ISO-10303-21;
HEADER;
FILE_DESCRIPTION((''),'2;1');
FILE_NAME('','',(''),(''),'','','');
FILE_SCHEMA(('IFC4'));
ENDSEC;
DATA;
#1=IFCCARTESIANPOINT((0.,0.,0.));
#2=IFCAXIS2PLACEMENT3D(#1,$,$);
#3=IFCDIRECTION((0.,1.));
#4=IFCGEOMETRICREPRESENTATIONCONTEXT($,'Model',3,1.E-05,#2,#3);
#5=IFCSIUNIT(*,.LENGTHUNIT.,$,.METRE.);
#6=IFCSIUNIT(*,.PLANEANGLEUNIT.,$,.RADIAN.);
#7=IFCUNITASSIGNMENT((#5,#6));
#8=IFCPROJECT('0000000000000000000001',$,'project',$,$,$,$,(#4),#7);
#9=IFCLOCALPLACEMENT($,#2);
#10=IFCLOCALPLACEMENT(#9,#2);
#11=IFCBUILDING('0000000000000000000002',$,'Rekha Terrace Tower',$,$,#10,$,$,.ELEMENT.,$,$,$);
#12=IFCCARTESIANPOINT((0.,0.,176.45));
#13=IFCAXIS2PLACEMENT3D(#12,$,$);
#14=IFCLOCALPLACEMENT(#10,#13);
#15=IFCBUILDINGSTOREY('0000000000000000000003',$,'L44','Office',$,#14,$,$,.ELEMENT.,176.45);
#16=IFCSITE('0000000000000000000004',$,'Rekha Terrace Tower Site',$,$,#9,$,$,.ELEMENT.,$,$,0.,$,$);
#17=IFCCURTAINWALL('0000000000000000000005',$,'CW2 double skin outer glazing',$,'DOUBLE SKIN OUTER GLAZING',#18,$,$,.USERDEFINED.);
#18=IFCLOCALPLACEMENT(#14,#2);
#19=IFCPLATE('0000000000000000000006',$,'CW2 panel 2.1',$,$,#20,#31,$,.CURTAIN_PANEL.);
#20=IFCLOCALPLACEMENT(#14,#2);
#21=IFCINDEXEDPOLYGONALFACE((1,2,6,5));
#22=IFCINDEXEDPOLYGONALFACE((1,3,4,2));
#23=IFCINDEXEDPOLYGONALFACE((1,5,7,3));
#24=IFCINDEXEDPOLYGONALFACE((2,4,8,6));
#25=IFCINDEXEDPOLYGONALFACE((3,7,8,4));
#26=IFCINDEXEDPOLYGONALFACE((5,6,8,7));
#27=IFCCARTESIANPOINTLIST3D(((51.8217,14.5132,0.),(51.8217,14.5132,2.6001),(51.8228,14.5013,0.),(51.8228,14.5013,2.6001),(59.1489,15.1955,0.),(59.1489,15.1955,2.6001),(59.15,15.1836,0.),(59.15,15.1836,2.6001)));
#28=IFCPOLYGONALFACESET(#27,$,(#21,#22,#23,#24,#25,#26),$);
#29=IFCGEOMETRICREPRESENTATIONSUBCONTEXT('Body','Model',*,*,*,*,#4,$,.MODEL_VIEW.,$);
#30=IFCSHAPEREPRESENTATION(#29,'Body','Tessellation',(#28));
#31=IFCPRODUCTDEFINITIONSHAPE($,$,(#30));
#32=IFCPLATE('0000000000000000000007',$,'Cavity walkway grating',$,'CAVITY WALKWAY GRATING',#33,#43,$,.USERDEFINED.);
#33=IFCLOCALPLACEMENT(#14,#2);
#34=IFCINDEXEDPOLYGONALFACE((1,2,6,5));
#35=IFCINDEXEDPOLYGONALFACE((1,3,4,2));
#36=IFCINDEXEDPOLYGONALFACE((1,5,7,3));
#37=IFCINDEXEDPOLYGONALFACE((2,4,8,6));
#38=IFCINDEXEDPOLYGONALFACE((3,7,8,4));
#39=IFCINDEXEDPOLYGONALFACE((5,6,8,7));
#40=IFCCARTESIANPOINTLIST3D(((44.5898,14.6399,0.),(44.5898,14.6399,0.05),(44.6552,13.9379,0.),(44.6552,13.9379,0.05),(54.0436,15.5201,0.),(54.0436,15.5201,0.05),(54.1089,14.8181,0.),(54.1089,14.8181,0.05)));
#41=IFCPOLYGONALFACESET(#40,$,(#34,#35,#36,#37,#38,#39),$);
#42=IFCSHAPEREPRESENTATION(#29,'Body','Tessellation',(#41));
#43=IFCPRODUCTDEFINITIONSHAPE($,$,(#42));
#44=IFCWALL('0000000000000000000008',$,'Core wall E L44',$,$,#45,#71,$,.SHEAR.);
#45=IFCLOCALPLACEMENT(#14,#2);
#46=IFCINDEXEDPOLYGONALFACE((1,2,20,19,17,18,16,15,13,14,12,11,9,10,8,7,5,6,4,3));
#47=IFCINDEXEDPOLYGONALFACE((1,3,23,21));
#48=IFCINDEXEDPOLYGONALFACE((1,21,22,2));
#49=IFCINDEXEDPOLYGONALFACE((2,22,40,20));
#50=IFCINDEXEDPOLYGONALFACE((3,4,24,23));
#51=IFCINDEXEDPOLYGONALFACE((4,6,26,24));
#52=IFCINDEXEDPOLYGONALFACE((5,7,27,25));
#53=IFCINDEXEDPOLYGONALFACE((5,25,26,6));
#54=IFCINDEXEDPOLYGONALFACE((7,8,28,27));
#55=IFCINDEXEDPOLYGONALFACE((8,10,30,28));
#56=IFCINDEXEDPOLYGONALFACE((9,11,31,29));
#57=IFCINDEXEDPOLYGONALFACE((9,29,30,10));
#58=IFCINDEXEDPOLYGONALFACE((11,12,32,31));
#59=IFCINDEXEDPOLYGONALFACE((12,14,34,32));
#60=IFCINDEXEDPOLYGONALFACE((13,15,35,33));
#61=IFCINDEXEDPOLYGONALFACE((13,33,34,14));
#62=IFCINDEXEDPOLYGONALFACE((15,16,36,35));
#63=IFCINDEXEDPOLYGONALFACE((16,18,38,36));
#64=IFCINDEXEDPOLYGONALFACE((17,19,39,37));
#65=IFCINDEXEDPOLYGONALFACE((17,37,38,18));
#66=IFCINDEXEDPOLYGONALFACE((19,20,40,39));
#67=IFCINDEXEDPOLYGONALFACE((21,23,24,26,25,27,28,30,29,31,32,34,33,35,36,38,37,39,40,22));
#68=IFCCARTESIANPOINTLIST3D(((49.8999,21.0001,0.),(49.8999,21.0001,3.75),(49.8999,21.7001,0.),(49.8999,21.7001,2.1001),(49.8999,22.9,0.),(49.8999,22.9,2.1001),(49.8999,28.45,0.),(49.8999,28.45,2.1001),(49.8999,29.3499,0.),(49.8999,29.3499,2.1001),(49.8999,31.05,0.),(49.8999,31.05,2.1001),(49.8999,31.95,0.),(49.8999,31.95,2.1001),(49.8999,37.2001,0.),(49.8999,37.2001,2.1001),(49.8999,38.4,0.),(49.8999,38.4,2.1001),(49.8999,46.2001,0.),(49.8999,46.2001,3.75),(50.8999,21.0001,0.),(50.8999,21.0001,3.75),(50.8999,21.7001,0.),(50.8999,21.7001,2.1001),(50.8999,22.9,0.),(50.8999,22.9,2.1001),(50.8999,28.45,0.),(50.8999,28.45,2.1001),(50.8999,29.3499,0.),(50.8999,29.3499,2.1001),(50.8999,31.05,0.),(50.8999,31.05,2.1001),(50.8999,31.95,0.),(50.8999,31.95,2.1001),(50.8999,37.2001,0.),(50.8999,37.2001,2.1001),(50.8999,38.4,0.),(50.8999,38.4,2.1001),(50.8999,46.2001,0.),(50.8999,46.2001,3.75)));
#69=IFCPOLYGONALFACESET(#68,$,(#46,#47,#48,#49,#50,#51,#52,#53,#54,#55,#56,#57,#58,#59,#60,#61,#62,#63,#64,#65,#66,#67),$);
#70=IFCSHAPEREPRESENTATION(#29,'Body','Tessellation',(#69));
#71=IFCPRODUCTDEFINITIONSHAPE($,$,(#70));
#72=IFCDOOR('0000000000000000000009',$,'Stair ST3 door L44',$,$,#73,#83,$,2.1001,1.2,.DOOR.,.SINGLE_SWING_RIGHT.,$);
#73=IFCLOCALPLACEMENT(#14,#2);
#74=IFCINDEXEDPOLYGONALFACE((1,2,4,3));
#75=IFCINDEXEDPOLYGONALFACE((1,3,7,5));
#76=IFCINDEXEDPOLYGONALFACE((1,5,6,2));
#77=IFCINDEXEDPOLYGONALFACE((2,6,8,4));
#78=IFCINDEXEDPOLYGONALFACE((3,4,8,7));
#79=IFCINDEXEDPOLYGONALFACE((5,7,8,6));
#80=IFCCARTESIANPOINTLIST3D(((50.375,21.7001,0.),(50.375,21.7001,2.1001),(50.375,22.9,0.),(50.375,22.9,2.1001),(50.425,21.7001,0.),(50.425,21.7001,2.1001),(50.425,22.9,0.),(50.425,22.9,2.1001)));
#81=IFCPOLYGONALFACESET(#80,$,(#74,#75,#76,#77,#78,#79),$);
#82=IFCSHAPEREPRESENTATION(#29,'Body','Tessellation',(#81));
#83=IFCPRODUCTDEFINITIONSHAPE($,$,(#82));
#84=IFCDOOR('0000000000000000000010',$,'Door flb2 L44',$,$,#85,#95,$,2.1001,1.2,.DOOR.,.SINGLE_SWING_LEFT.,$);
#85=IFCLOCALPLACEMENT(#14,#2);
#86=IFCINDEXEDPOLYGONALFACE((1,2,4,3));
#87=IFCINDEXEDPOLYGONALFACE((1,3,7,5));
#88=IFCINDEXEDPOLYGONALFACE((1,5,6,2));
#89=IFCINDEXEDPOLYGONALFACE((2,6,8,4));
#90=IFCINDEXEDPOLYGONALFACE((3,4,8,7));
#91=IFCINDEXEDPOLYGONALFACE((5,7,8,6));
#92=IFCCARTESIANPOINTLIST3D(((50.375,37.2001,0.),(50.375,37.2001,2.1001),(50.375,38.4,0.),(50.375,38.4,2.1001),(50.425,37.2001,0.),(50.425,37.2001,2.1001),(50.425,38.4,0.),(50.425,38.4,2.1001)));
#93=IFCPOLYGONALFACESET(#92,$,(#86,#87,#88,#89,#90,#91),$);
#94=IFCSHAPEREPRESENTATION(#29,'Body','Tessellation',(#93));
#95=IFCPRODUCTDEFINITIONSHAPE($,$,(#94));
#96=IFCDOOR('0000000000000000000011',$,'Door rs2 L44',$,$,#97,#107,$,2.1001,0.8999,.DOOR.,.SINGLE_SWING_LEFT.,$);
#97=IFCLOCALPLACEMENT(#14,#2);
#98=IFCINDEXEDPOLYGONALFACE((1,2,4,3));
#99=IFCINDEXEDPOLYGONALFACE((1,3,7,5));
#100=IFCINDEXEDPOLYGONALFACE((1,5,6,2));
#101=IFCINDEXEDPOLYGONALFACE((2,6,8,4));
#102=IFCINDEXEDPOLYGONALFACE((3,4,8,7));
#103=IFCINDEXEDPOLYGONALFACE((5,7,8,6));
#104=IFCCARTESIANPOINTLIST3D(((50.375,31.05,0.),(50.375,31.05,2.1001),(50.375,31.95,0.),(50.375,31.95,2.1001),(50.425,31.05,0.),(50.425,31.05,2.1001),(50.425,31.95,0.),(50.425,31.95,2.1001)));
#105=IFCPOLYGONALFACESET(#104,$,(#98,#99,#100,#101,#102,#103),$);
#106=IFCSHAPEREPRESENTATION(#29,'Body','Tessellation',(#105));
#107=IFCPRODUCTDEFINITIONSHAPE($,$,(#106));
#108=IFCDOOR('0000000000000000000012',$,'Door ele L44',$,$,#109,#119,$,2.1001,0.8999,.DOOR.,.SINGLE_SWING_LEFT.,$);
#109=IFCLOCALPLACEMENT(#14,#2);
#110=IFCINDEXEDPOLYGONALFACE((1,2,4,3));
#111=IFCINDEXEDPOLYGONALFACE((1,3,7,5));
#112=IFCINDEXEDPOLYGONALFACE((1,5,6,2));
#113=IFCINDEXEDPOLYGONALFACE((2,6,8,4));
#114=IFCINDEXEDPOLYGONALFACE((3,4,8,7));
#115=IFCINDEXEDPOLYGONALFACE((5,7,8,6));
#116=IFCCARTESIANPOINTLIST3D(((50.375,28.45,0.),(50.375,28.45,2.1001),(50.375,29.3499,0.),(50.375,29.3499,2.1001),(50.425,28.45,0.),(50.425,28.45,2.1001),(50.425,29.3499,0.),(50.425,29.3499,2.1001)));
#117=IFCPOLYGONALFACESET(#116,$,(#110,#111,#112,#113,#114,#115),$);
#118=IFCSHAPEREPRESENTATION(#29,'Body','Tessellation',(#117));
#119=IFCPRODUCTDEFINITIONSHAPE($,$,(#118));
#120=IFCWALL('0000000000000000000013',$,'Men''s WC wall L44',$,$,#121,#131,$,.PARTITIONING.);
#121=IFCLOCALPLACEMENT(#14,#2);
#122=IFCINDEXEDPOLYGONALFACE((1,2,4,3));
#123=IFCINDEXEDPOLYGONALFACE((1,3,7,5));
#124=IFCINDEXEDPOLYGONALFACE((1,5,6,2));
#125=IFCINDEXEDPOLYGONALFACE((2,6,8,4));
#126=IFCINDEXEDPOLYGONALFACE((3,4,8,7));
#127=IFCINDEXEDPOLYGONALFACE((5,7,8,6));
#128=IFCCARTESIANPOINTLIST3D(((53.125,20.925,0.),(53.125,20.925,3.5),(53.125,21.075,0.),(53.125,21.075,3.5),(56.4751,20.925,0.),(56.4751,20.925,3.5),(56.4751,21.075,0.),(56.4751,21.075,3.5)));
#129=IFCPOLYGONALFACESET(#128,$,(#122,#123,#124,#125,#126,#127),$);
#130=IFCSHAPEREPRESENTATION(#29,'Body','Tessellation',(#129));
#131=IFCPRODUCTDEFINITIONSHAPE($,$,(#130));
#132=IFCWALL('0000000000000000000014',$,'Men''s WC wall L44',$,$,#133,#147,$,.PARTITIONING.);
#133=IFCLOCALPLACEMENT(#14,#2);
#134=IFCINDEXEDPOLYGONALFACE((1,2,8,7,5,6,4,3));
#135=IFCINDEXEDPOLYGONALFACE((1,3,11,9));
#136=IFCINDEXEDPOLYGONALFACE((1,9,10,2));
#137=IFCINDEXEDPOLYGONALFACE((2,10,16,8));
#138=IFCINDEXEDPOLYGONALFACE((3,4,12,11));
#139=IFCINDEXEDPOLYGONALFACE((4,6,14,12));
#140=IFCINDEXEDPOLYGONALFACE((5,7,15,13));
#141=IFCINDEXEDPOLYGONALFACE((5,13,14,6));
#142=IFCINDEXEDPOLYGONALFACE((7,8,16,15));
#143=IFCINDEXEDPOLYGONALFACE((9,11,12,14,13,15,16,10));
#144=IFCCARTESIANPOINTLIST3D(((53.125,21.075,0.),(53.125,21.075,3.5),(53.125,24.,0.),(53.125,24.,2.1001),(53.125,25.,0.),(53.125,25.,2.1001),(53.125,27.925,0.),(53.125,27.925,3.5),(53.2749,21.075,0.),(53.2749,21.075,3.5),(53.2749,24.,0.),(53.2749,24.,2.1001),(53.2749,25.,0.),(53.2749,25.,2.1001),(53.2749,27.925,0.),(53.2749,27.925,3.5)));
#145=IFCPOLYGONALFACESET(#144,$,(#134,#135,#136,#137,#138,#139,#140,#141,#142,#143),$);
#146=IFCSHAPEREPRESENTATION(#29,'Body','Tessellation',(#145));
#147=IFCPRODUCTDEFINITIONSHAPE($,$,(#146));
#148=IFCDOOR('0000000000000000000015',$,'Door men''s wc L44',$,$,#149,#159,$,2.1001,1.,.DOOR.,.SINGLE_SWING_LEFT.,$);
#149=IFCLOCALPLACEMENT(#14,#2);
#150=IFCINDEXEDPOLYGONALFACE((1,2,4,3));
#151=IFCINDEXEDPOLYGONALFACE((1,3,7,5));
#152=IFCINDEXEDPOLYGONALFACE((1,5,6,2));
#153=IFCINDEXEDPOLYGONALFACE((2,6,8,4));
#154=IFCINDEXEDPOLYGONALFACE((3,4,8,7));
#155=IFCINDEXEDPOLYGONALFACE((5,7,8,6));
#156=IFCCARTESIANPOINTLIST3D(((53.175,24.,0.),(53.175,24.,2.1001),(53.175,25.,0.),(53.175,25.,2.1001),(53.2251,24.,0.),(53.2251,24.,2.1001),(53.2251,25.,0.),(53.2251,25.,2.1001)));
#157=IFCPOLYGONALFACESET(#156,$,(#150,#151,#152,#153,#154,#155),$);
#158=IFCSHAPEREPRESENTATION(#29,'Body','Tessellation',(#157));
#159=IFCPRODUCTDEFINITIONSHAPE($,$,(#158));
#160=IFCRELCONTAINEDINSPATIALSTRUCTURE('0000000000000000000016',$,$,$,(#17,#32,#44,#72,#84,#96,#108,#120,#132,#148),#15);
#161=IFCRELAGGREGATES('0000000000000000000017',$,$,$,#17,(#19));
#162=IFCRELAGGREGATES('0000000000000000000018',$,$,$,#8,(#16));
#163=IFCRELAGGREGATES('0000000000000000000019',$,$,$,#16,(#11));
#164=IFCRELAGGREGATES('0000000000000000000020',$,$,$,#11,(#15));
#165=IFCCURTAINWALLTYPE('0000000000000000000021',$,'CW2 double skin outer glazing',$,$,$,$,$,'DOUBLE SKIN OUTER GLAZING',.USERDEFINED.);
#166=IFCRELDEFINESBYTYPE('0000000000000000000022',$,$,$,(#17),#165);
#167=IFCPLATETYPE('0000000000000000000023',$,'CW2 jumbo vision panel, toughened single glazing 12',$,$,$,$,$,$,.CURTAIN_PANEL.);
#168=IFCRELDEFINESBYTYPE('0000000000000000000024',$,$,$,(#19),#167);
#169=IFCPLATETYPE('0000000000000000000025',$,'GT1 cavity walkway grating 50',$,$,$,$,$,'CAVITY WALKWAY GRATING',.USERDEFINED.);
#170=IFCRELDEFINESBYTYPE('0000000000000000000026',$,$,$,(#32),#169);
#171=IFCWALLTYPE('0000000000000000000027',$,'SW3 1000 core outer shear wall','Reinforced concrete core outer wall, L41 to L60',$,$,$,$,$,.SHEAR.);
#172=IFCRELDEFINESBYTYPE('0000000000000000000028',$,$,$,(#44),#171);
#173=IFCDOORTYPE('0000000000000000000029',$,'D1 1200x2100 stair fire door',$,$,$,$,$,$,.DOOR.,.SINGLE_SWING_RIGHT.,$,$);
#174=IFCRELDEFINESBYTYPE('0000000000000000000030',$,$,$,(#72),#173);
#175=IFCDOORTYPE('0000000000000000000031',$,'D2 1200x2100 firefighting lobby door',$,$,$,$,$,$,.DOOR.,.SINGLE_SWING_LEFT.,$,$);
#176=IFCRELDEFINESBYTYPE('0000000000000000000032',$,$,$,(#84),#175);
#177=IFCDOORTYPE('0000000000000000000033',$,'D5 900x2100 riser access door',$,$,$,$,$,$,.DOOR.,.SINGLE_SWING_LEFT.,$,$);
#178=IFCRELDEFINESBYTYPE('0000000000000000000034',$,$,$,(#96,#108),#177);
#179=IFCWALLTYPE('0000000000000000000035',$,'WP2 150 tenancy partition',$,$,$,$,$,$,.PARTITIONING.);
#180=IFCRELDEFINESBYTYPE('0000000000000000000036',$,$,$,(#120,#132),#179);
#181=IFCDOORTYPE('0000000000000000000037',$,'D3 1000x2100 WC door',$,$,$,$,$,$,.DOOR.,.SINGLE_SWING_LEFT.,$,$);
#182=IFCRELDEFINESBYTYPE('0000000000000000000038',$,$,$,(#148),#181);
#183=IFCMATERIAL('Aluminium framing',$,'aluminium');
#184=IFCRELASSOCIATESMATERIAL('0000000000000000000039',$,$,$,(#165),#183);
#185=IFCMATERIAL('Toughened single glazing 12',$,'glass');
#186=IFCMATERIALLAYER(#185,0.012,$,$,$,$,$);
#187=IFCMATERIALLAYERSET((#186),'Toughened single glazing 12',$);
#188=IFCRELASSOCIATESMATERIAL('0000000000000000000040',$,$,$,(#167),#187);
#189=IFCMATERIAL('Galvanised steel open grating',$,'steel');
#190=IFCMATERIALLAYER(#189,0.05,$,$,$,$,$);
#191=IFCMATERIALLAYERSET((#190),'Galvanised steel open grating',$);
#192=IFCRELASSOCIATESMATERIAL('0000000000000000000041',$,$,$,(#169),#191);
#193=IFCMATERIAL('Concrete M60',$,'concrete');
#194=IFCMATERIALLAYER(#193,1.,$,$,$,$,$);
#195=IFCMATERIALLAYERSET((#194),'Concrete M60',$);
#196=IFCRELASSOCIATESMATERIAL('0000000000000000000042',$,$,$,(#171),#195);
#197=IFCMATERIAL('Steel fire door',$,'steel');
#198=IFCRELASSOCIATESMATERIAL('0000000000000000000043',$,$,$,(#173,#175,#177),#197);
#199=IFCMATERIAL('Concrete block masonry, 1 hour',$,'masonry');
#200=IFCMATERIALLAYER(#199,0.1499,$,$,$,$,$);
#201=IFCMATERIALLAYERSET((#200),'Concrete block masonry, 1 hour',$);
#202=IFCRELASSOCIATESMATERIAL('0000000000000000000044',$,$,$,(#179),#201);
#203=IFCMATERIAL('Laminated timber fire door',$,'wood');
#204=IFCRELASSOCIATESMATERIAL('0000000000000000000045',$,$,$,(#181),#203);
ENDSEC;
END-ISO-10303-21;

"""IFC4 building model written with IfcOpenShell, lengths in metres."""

from ifc_helpers import new_model, si_unit, direction, frame, frame_2d, origin, origin_2d, place, context, subcontext, project, spatial, rectangle, extrude, material, layer, layer_set, type_object, element, fill, aggregate, save


model = new_model("IFC4")

# Units and contexts
model_context = context("Model", 3, precision=1e-05, world=origin(), true_north=direction((0.0, 1.0)))
body_context = subcontext(model_context, "Body", "Model", "MODEL_VIEW")
ifc_project = project(units=[si_unit("LENGTHUNIT", "METRE"), si_unit("PLANEANGLEUNIT", "RADIAN")], contexts=[model_context])

# Site, building, storey
site_placement = place(None, origin())
site = spatial("IfcSite", under=ifc_project, at=site_placement, Name="Rekha Terrace Tower Site", CompositionType="ELEMENT", RefElevation=0.0)
building_placement = place(site_placement, origin())
building = spatial("IfcBuilding", under=site, at=building_placement, Name="Rekha Terrace Tower", CompositionType="ELEMENT")
storey_placement = place(building_placement, frame((0.0, 0.0, 176.45)))
storey = spatial("IfcBuildingStorey", under=building, at=storey_placement, Name="L44", Description="Office", CompositionType="ELEMENT", Elevation=176.45)

# Shared definitions
ifc_material_1 = material(Name="Concrete M60", Category="concrete")

# Curtain wall
ifc_material_2 = material(Name="Aluminium framing", Category="aluminium")
curtain_wall_type_1 = type_object("IfcCurtainWallType", Name="CW2 double skin outer glazing", ElementType="DOUBLE SKIN OUTER GLAZING", PredefinedType="USERDEFINED", material=ifc_material_2)
curtain_wall_1_placement = place(storey_placement, origin())
curtain_wall_1 = element("IfcCurtainWall", 1, at=curtain_wall_1_placement, inside=storey, type_object=curtain_wall_type_1, Name="CW2 double skin outer glazing", ObjectType="DOUBLE SKIN OUTER GLAZING", PredefinedType="USERDEFINED")

# Plates
ifc_material_3 = material(Name="Toughened single glazing 12", Category="glass")
ifc_layer_1 = layer(ifc_material_3, 0.012)
ifc_layer_set_1 = layer_set([ifc_layer_1], Name="Toughened single glazing 12")
plate_type_1 = type_object("IfcPlateType", Name="CW2 jumbo vision panel, toughened single glazing 12", PredefinedType="CURTAIN_PANEL", material=ifc_layer_set_1)
plate_1_placement = place(storey_placement, frame((55.4858, 14.8484, 0.0), z_axis=(0.0, 0.0, 1.0), x_axis=(0.995693, 0.092709, 0.0)))
plate_1 = element("IfcPlate", 2, at=plate_1_placement, type_object=plate_type_1, Name="CW2 panel 2.1", PredefinedType="CURTAIN_PANEL", context=body_context, shape_type="SweptSolid", body=[
    extrude(rectangle(XDim=7.3589, YDim=0.012, at=origin_2d()), origin(), (0.0, 0.0, 1.0), 2.6001),
])
aggregate(curtain_wall_1, [plate_1])
ifc_material_4 = material(Name="Galvanised steel open grating", Category="steel")
ifc_layer_2 = layer(ifc_material_4, 0.05)
ifc_layer_set_2 = layer_set([ifc_layer_2], Name="Galvanised steel open grating")
plate_type_2 = type_object("IfcPlateType", Name="GT1 cavity walkway grating 50", ElementType="CAVITY WALKWAY GRATING", PredefinedType="USERDEFINED", material=ifc_layer_set_2)
plate_2_placement = place(storey_placement, frame((49.3494, 14.729, 0.0), z_axis=(0.0, 0.0, 1.0), x_axis=(0.995693, 0.092709, 0.0)))
element("IfcPlate", 3, at=plate_2_placement, inside=storey, type_object=plate_type_2, Name="Cavity walkway grating", ObjectType="CAVITY WALKWAY GRATING", PredefinedType="USERDEFINED", context=body_context, shape_type="SweptSolid", body=[
    extrude(rectangle(XDim=9.4946, YDim=0.7051, at=origin_2d()), origin(), (0.0, 0.0, 1.0), 0.05),
])

# Wall, openings, doors
ifc_layer_3 = layer(ifc_material_1, 1.0)
ifc_layer_set_3 = layer_set([ifc_layer_3], Name="Concrete M60")
wall_type_1 = type_object("IfcWallType", Name="SW3 1000 core outer shear wall", Description="Reinforced concrete core outer wall, L41 to L60", PredefinedType="SHEAR", material=ifc_layer_set_3)
wall_1_placement = place(storey_placement, frame((50.3999, 21.0, 0.0), z_axis=(0.0, 0.0, 1.0), x_axis=(0.0, 1.0, 0.0)))
wall_1 = element("IfcWall", 4, at=wall_1_placement, inside=storey, type_object=wall_type_1, Name="Core wall E L44", PredefinedType="SHEAR", context=body_context, shape_type="SweptSolid", body=[
    extrude(rectangle(XDim=25.2, YDim=1.0, at=frame_2d((12.6001, 0.0))), origin(), (0.0, 0.0, 1.0), 3.75),
])
opening_1_placement = place(wall_1_placement, frame((16.2, 0.0, 0.0)))
opening_1 = element("IfcOpeningElement", 5, at=opening_1_placement, cuts=wall_1, PredefinedType="OPENING", context=body_context, shape_type="SweptSolid", body=[
    extrude(rectangle(XDim=1.2, YDim=2.1001, at=frame_2d((0.6001, 1.05))), frame((0.0, 0.51, 0.0), z_axis=(0.0, -1.0, 0.0), x_axis=(1.0, 0.0, 0.0)), (0.0, 0.0, 1.0), 1.02),
])
opening_2_placement = place(wall_1_placement, frame((10.05, 0.0, 0.0)))
opening_2 = element("IfcOpeningElement", 6, at=opening_2_placement, cuts=wall_1, PredefinedType="OPENING", context=body_context, shape_type="SweptSolid", body=[
    extrude(rectangle(XDim=0.8999, YDim=2.1001, at=frame_2d((0.45, 1.05))), frame((0.0, 0.51, 0.0), z_axis=(0.0, -1.0, 0.0), x_axis=(1.0, 0.0, 0.0)), (0.0, 0.0, 1.0), 1.02),
])
opening_3_placement = place(wall_1_placement, frame((7.45, 0.0, 0.0)))
opening_3 = element("IfcOpeningElement", 7, at=opening_3_placement, cuts=wall_1, PredefinedType="OPENING", context=body_context, shape_type="SweptSolid", body=[
    extrude(rectangle(XDim=0.8999, YDim=2.1001, at=frame_2d((0.45, 1.05))), frame((0.0, 0.51, 0.0), z_axis=(0.0, -1.0, 0.0), x_axis=(1.0, 0.0, 0.0)), (0.0, 0.0, 1.0), 1.02),
])
opening_4_placement = place(wall_1_placement, frame((0.7, 0.0, 0.0)))
opening_4 = element("IfcOpeningElement", 8, at=opening_4_placement, cuts=wall_1, PredefinedType="OPENING", context=body_context, shape_type="SweptSolid", body=[
    extrude(rectangle(XDim=1.2, YDim=2.1001, at=frame_2d((0.6001, 1.05))), frame((0.0, 0.51, 0.0), z_axis=(0.0, -1.0, 0.0), x_axis=(1.0, 0.0, 0.0)), (0.0, 0.0, 1.0), 1.02),
])
ifc_material_5 = material(Name="Steel fire door", Category="steel")
door_type_1 = type_object("IfcDoorType", Name="D1 1200x2100 stair fire door", OperationType="SINGLE_SWING_RIGHT", PredefinedType="DOOR", material=ifc_material_5)
door_1_placement = place(opening_4_placement, origin())
door_1 = element("IfcDoor", 9, at=door_1_placement, inside=storey, type_object=door_type_1, Name="Stair ST3 door L44", OperationType="SINGLE_SWING_RIGHT", OverallHeight=2.1001, OverallWidth=1.2, PredefinedType="DOOR", context=body_context, shape_type="SweptSolid", body=[
    extrude(rectangle(XDim=1.2, YDim=2.1001, at=frame_2d((0.6001, 1.05))), frame((0.0, 0.0249, 0.0), z_axis=(0.0, -1.0, 0.0), x_axis=(1.0, 0.0, 0.0)), (0.0, 0.0, 1.0), 0.05),
])
fill(opening_4, door_1)
door_type_2 = type_object("IfcDoorType", Name="D2 1200x2100 firefighting lobby door", OperationType="SINGLE_SWING_LEFT", PredefinedType="DOOR", material=ifc_material_5)
door_2_placement = place(opening_1_placement, origin())
door_2 = element("IfcDoor", 10, at=door_2_placement, inside=storey, type_object=door_type_2, Name="Door flb2 L44", OperationType="SINGLE_SWING_LEFT", OverallHeight=2.1001, OverallWidth=1.2, PredefinedType="DOOR", context=body_context, shape_type="SweptSolid", body=[
    extrude(rectangle(XDim=1.2, YDim=2.1001, at=frame_2d((0.6001, 1.05))), frame((0.0, 0.0249, 0.0), z_axis=(0.0, -1.0, 0.0), x_axis=(1.0, 0.0, 0.0)), (0.0, 0.0, 1.0), 0.05),
])
fill(opening_1, door_2)
door_type_3 = type_object("IfcDoorType", Name="D5 900x2100 riser access door", OperationType="SINGLE_SWING_LEFT", PredefinedType="DOOR", material=ifc_material_5)
door_3_placement = place(opening_2_placement, origin())
door_3 = element("IfcDoor", 11, at=door_3_placement, inside=storey, type_object=door_type_3, Name="Door rs2 L44", OperationType="SINGLE_SWING_LEFT", OverallHeight=2.1001, OverallWidth=0.8999, PredefinedType="DOOR", context=body_context, shape_type="SweptSolid", body=[
    extrude(rectangle(XDim=0.8999, YDim=2.1001, at=frame_2d((0.45, 1.05))), frame((0.0, 0.0249, 0.0), z_axis=(0.0, -1.0, 0.0), x_axis=(1.0, 0.0, 0.0)), (0.0, 0.0, 1.0), 0.05),
])
fill(opening_2, door_3)
door_4_placement = place(opening_3_placement, origin())
door_4 = element("IfcDoor", 12, at=door_4_placement, inside=storey, type_object=door_type_3, Name="Door ele L44", OperationType="SINGLE_SWING_LEFT", OverallHeight=2.1001, OverallWidth=0.8999, PredefinedType="DOOR", context=body_context, shape_type="SweptSolid", body=[
    extrude(rectangle(XDim=0.8999, YDim=2.1001, at=frame_2d((0.45, 1.05))), frame((0.0, 0.0249, 0.0), z_axis=(0.0, -1.0, 0.0), x_axis=(1.0, 0.0, 0.0)), (0.0, 0.0, 1.0), 0.05),
])
fill(opening_3, door_4)

# Wall
ifc_material_6 = material(Name="Concrete block masonry, 1 hour", Category="masonry")
ifc_layer_4 = layer(ifc_material_6, 0.1499)
ifc_layer_set_4 = layer_set([ifc_layer_4], Name="Concrete block masonry, 1 hour")
wall_type_2 = type_object("IfcWallType", Name="WP2 150 tenancy partition", PredefinedType="PARTITIONING", material=ifc_layer_set_4)
wall_2_placement = place(storey_placement, frame((53.125, 21.0, 0.0), z_axis=(0.0, 0.0, 1.0), x_axis=(1.0, 0.0, 0.0)))
element("IfcWall", 13, at=wall_2_placement, inside=storey, type_object=wall_type_2, Name="Men's WC wall L44", PredefinedType="PARTITIONING", context=body_context, shape_type="SweptSolid", body=[
    extrude(rectangle(XDim=3.3501, YDim=0.1499, at=frame_2d((1.675, 0.0))), origin(), (0.0, 0.0, 1.0), 3.5),
])

# Wall, opening, door
wall_3_placement = place(storey_placement, frame((53.2, 21.075, 0.0), z_axis=(0.0, 0.0, 1.0), x_axis=(0.0, 1.0, 0.0)))
wall_3 = element("IfcWall", 14, at=wall_3_placement, inside=storey, type_object=wall_type_2, Name="Men's WC wall L44", PredefinedType="PARTITIONING", context=body_context, shape_type="SweptSolid", body=[
    extrude(rectangle(XDim=6.8501, YDim=0.1499, at=frame_2d((3.425, 0.0))), origin(), (0.0, 0.0, 1.0), 3.5),
])
opening_5_placement = place(wall_3_placement, frame((2.925, 0.0, 0.0)))
opening_5 = element("IfcOpeningElement", 15, at=opening_5_placement, cuts=wall_3, PredefinedType="OPENING", context=body_context, shape_type="SweptSolid", body=[
    extrude(rectangle(XDim=1.0, YDim=2.1001, at=frame_2d((0.5, 1.05))), frame((0.0, 0.085, 0.0), z_axis=(0.0, -1.0, 0.0), x_axis=(1.0, 0.0, 0.0)), (0.0, 0.0, 1.0), 0.1699),
])
ifc_material_7 = material(Name="Laminated timber fire door", Category="wood")
door_type_4 = type_object("IfcDoorType", Name="D3 1000x2100 WC door", OperationType="SINGLE_SWING_LEFT", PredefinedType="DOOR", material=ifc_material_7)
door_5_placement = place(opening_5_placement, origin())
door_5 = element("IfcDoor", 16, at=door_5_placement, inside=storey, type_object=door_type_4, Name="Door men's wc L44", OperationType="SINGLE_SWING_LEFT", OverallHeight=2.1001, OverallWidth=1.0, PredefinedType="DOOR", context=body_context, shape_type="SweptSolid", body=[
    extrude(rectangle(XDim=1.0, YDim=2.1001, at=frame_2d((0.5, 1.05))), frame((0.0, 0.0249, 0.0), z_axis=(0.0, -1.0, 0.0), x_axis=(1.0, 0.0, 0.0)), (0.0, 0.0, 1.0), 0.05),
])
fill(opening_5, door_5)

save(model, "model.ifc")
